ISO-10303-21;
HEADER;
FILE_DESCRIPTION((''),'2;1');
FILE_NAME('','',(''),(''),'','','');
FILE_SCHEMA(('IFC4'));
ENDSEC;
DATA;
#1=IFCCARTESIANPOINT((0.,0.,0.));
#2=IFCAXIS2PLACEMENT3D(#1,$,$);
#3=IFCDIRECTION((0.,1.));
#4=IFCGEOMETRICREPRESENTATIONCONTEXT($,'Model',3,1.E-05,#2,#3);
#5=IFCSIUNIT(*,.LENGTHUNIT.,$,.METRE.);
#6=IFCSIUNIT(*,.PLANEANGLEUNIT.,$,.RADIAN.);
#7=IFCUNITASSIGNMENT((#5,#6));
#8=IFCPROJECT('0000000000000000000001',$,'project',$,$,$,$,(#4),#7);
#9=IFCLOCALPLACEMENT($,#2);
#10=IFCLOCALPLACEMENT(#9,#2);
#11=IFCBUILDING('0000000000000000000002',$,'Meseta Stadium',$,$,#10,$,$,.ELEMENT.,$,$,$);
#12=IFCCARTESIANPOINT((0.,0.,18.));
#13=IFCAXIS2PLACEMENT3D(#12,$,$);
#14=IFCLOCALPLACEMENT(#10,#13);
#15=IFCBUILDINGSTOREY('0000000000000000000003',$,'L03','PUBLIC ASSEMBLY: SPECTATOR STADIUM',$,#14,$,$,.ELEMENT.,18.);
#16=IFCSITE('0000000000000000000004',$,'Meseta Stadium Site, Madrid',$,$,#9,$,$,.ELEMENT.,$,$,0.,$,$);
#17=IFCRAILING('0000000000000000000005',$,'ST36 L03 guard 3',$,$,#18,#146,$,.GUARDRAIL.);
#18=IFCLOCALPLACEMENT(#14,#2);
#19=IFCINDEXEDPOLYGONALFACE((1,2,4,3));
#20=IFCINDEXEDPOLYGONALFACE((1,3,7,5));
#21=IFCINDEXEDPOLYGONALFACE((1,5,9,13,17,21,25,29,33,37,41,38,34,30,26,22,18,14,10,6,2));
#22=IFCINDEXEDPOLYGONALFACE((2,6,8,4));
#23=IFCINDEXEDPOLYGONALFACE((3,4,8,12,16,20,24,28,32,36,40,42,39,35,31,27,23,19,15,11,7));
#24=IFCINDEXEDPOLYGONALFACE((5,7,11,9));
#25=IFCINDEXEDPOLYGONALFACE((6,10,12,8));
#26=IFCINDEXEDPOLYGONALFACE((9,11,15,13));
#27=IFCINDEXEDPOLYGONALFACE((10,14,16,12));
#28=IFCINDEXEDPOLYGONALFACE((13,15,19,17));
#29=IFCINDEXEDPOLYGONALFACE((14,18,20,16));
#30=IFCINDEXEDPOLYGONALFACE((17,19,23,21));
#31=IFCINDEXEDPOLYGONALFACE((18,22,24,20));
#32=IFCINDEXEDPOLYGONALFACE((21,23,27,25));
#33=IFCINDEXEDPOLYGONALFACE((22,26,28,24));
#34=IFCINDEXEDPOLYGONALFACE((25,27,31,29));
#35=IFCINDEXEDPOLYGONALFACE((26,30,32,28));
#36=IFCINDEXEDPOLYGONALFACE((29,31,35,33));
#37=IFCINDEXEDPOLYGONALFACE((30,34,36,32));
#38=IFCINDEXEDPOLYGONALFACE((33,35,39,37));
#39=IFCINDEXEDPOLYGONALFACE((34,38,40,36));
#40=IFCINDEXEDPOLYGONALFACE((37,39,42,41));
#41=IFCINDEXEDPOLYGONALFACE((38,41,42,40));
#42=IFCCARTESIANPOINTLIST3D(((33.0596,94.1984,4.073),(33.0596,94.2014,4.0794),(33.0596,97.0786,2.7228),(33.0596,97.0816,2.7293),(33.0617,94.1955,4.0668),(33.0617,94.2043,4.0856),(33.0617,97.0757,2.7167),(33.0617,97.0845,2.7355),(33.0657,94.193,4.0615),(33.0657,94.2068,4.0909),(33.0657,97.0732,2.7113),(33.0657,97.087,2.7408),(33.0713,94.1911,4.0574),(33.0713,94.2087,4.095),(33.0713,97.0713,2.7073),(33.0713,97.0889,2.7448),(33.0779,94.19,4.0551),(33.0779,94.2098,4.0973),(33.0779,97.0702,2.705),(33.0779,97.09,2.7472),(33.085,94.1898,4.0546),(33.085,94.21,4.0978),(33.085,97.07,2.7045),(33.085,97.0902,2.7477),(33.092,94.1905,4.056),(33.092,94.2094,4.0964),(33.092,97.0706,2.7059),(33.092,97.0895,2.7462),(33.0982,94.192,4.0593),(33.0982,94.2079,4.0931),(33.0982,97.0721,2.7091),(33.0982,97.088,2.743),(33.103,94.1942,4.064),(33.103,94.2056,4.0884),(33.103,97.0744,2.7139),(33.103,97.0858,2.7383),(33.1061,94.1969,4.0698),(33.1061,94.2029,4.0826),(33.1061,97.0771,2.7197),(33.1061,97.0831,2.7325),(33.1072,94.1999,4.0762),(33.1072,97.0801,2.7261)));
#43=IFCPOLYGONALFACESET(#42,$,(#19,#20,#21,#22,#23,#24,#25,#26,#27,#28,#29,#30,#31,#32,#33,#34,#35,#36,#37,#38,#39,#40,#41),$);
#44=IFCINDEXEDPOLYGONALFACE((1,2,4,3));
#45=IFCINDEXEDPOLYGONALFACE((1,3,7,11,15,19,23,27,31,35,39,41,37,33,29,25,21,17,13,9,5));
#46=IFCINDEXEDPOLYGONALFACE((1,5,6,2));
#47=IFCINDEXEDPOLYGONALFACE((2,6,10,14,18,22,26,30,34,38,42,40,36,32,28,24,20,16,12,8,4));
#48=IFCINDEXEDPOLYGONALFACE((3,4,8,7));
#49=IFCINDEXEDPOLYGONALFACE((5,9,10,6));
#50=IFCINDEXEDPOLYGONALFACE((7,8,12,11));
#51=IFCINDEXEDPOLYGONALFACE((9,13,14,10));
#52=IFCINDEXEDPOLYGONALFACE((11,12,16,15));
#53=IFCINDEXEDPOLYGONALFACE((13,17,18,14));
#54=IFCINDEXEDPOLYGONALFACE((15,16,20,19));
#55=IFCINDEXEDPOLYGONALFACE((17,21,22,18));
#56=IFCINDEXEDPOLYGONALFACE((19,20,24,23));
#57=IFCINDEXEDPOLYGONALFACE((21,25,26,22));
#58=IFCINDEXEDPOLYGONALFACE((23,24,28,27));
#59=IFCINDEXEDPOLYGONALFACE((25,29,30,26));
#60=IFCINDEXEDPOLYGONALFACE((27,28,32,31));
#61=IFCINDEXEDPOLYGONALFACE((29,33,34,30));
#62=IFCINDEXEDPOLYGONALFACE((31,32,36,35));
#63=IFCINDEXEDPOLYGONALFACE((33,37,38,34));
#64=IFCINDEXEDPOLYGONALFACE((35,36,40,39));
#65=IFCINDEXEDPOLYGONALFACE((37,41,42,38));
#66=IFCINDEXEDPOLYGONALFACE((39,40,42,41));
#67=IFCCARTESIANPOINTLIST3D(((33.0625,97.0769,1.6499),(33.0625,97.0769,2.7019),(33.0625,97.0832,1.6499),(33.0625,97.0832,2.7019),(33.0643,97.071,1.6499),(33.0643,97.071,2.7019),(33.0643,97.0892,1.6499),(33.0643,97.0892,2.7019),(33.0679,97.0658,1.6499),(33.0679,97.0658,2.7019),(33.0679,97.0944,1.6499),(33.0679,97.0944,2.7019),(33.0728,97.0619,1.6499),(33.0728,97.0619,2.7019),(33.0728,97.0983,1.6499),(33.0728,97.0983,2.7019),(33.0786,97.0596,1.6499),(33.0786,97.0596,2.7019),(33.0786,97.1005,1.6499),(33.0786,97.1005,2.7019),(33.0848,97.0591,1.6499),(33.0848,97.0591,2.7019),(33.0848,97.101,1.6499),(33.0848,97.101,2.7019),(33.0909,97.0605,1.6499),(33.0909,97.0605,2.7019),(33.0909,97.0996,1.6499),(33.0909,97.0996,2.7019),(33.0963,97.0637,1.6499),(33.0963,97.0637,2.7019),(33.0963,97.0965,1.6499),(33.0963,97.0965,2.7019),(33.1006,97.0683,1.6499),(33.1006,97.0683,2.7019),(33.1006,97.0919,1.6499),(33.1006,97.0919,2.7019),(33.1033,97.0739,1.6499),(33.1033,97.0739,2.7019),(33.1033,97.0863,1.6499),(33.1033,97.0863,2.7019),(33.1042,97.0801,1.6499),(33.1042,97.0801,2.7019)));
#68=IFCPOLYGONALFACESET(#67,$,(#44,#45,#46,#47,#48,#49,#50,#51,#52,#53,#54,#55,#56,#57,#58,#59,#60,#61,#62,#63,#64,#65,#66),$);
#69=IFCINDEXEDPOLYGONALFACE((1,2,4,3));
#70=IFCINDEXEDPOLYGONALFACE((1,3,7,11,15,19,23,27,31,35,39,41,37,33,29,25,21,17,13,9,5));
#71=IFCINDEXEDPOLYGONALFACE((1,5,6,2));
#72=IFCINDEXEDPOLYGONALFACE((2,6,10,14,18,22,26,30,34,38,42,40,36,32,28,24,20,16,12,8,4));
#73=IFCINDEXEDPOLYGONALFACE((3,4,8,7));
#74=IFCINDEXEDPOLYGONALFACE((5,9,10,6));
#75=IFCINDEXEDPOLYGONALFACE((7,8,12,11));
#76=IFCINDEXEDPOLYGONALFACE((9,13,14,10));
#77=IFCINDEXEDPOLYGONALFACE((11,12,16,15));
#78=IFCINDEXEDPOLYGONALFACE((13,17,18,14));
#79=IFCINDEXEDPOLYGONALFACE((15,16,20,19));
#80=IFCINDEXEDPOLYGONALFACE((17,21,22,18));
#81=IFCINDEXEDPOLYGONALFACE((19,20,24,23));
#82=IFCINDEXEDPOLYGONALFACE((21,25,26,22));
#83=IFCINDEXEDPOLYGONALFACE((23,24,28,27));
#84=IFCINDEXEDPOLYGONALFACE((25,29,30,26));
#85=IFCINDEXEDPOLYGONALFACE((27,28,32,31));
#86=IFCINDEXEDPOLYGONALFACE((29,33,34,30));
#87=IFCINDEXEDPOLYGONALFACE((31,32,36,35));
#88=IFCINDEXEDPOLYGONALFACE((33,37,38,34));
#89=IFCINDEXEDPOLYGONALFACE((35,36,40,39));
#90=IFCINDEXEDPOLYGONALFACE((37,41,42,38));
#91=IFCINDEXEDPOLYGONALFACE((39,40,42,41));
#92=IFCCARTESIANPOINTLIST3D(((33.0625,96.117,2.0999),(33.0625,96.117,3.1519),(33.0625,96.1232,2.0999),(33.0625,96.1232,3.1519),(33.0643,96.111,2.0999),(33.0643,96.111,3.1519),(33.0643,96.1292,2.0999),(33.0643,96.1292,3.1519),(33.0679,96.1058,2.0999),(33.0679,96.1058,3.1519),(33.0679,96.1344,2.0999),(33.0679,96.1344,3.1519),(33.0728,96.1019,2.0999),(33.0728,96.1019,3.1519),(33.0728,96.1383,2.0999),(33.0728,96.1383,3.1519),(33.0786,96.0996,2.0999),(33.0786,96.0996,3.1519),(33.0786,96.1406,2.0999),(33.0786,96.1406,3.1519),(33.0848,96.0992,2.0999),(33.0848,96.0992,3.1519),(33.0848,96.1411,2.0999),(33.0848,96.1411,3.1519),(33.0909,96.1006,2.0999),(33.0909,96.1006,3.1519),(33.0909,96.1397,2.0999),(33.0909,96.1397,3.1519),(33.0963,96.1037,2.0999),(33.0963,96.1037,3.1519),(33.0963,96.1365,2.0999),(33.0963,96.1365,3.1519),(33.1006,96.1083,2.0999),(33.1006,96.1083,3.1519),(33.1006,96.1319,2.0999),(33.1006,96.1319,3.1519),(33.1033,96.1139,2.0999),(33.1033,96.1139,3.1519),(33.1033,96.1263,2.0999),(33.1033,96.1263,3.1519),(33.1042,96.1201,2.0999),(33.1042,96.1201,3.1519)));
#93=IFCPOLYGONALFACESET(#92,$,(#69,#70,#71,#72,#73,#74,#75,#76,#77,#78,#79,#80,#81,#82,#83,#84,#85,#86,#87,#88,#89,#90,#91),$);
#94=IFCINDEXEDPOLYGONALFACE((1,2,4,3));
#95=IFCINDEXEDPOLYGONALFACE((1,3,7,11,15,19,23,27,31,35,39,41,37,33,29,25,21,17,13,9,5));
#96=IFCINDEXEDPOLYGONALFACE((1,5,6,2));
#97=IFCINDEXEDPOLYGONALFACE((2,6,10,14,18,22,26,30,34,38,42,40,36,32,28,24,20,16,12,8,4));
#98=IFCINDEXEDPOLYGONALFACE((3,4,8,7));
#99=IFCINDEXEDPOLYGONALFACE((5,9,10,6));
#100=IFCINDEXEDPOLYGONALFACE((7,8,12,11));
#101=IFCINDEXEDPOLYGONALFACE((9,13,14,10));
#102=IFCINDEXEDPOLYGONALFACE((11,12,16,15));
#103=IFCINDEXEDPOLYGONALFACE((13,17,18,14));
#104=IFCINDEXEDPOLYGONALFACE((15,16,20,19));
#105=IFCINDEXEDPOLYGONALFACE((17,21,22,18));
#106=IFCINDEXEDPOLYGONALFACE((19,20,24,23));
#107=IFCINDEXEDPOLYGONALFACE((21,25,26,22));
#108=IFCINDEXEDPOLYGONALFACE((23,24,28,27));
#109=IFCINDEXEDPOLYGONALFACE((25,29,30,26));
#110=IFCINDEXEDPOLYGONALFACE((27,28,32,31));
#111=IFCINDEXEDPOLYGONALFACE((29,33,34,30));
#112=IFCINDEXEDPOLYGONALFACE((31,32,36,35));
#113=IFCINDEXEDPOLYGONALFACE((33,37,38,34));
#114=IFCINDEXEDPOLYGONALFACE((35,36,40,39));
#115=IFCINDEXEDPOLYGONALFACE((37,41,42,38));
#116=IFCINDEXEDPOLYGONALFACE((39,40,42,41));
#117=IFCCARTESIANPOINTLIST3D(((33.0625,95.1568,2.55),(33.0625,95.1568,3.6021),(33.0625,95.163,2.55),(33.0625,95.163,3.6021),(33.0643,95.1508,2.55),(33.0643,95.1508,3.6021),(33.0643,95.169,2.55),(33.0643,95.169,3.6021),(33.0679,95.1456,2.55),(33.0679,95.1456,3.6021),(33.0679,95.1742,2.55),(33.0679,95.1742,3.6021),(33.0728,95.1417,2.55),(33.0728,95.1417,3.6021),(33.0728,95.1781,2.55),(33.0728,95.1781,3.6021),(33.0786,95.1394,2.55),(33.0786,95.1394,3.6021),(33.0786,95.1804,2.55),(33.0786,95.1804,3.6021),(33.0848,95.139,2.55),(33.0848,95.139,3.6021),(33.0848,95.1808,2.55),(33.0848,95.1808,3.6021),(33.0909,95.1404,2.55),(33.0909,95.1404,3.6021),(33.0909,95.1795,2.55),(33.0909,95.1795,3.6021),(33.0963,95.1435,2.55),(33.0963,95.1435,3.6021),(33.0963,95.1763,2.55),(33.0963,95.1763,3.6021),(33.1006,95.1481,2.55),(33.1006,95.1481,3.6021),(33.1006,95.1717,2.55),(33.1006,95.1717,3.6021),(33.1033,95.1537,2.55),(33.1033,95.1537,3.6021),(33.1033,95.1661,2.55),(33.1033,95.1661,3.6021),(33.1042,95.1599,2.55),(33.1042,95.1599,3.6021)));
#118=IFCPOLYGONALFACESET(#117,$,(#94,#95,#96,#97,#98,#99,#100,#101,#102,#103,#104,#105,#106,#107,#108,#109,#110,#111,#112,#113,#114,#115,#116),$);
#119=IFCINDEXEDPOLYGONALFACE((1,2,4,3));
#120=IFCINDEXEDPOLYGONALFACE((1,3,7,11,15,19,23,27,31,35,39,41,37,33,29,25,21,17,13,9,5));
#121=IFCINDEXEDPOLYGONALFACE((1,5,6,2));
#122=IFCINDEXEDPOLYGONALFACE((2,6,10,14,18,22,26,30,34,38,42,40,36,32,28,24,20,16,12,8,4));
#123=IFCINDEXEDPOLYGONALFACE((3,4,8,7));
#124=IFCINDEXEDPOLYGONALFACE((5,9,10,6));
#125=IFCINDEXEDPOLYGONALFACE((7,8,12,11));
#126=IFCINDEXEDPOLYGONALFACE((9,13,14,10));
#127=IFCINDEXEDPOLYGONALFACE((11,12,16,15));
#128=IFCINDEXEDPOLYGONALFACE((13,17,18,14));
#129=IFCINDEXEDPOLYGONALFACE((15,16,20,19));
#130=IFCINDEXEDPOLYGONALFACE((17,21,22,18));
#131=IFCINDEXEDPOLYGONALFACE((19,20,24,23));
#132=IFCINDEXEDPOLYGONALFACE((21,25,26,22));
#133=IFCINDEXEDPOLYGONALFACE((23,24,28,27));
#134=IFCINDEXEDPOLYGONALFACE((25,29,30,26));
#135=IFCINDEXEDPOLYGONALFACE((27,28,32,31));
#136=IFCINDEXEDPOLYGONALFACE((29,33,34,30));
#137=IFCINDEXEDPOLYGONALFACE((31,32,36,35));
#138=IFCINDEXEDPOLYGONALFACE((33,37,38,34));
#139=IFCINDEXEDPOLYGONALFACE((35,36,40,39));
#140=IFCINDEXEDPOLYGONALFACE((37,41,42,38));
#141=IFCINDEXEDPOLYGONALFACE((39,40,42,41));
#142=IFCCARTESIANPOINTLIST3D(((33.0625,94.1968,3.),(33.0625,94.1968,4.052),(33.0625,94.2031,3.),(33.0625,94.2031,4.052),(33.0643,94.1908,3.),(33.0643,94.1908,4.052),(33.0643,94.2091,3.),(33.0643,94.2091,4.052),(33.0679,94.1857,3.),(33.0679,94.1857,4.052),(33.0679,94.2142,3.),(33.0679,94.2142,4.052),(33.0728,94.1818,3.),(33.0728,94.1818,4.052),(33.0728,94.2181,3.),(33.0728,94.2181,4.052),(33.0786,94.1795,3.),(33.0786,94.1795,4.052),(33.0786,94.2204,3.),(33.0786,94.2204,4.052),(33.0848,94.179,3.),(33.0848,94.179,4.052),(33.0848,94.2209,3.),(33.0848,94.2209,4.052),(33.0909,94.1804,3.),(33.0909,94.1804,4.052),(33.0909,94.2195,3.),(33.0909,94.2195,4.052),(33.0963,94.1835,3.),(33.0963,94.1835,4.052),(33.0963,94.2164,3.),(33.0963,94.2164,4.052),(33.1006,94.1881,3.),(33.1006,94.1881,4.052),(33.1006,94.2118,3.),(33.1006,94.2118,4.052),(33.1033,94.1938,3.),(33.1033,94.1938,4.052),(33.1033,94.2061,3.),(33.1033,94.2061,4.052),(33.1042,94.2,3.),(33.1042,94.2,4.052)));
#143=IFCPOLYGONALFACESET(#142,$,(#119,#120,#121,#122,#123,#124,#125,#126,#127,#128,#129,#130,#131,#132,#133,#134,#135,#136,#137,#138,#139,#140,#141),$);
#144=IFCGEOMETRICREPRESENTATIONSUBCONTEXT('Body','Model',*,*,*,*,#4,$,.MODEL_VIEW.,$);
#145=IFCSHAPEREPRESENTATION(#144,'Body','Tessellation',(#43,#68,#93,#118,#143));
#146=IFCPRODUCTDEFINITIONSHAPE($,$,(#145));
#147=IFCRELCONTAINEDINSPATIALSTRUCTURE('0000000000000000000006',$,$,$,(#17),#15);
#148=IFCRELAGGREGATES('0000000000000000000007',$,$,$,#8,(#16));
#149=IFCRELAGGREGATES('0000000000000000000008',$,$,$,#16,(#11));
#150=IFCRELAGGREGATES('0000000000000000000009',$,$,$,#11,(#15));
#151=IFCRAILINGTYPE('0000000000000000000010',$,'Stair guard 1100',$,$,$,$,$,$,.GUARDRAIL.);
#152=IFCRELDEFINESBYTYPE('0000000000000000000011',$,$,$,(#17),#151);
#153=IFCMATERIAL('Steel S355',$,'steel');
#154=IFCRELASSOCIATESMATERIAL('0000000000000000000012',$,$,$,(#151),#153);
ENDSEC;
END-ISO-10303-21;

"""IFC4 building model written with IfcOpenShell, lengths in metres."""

from ifc_helpers import new_model, si_unit, direction, frame, origin, origin_2d, place, context, subcontext, project, spatial, circle, extrude, material, type_object, element, save


model = new_model("IFC4")

# Units and contexts
model_context = context("Model", 3, precision=1e-05, world=origin(), true_north=direction((0.0, 1.0)))
body_context = subcontext(model_context, "Body", "Model", "MODEL_VIEW")
ifc_project = project(units=[si_unit("LENGTHUNIT", "METRE"), si_unit("PLANEANGLEUNIT", "RADIAN")], contexts=[model_context])

# Site, building, storey
site_placement = place(None, origin())
site = spatial("IfcSite", under=ifc_project, at=site_placement, Name="Meseta Stadium Site, Madrid", CompositionType="ELEMENT", RefElevation=0.0)
building_placement = place(site_placement, origin())
building = spatial("IfcBuilding", under=site, at=building_placement, Name="Meseta Stadium", CompositionType="ELEMENT")
storey_placement = place(building_placement, frame((0.0, 0.0, 18.0)))
storey = spatial("IfcBuildingStorey", under=building, at=storey_placement, Name="L03", Description="PUBLIC ASSEMBLY: SPECTATOR STADIUM", CompositionType="ELEMENT", Elevation=18.0)

# Railing
ifc_material_1 = material(Name="Steel S355", Category="steel")
railing_type_1 = type_object("IfcRailingType", Name="Stair guard 1100", PredefinedType="GUARDRAIL", material=ifc_material_1)
for number, where, name in (
    (1, (33.0833, 97.0801, 1.6499), "ST36 L03 guard 3"),
):
    element("IfcRailing", number, at=place(storey_placement, frame(where)), inside=storey, type_object=railing_type_1, Name=name, PredefinedType="GUARDRAIL", context=body_context, shape_type="SweptSolid", body=[
        extrude(circle(Radius=0.0239, at=origin_2d()), frame((0.0, 0.0, 1.0762), z_axis=(0.0, -0.905454, 0.424444), x_axis=(1.0, 0.0, 0.0)), (0.0, 0.0, 1.0), 3.1809),
        extrude(circle(Radius=0.021, at=origin_2d()), origin(), (0.0, 0.0, 1.0), 1.052),
        extrude(circle(Radius=0.021, at=origin_2d()), frame((0.0, -0.96, 0.45)), (0.0, 0.0, 1.0), 1.052),
        extrude(circle(Radius=0.021, at=origin_2d()), frame((0.0, -1.9202, 0.9001)), (0.0, 0.0, 1.0), 1.052),
        extrude(circle(Radius=0.021, at=origin_2d()), frame((0.0, -2.8801, 1.3501)), (0.0, 0.0, 1.0), 1.052),
    ])

save(model, "model.ifc")
